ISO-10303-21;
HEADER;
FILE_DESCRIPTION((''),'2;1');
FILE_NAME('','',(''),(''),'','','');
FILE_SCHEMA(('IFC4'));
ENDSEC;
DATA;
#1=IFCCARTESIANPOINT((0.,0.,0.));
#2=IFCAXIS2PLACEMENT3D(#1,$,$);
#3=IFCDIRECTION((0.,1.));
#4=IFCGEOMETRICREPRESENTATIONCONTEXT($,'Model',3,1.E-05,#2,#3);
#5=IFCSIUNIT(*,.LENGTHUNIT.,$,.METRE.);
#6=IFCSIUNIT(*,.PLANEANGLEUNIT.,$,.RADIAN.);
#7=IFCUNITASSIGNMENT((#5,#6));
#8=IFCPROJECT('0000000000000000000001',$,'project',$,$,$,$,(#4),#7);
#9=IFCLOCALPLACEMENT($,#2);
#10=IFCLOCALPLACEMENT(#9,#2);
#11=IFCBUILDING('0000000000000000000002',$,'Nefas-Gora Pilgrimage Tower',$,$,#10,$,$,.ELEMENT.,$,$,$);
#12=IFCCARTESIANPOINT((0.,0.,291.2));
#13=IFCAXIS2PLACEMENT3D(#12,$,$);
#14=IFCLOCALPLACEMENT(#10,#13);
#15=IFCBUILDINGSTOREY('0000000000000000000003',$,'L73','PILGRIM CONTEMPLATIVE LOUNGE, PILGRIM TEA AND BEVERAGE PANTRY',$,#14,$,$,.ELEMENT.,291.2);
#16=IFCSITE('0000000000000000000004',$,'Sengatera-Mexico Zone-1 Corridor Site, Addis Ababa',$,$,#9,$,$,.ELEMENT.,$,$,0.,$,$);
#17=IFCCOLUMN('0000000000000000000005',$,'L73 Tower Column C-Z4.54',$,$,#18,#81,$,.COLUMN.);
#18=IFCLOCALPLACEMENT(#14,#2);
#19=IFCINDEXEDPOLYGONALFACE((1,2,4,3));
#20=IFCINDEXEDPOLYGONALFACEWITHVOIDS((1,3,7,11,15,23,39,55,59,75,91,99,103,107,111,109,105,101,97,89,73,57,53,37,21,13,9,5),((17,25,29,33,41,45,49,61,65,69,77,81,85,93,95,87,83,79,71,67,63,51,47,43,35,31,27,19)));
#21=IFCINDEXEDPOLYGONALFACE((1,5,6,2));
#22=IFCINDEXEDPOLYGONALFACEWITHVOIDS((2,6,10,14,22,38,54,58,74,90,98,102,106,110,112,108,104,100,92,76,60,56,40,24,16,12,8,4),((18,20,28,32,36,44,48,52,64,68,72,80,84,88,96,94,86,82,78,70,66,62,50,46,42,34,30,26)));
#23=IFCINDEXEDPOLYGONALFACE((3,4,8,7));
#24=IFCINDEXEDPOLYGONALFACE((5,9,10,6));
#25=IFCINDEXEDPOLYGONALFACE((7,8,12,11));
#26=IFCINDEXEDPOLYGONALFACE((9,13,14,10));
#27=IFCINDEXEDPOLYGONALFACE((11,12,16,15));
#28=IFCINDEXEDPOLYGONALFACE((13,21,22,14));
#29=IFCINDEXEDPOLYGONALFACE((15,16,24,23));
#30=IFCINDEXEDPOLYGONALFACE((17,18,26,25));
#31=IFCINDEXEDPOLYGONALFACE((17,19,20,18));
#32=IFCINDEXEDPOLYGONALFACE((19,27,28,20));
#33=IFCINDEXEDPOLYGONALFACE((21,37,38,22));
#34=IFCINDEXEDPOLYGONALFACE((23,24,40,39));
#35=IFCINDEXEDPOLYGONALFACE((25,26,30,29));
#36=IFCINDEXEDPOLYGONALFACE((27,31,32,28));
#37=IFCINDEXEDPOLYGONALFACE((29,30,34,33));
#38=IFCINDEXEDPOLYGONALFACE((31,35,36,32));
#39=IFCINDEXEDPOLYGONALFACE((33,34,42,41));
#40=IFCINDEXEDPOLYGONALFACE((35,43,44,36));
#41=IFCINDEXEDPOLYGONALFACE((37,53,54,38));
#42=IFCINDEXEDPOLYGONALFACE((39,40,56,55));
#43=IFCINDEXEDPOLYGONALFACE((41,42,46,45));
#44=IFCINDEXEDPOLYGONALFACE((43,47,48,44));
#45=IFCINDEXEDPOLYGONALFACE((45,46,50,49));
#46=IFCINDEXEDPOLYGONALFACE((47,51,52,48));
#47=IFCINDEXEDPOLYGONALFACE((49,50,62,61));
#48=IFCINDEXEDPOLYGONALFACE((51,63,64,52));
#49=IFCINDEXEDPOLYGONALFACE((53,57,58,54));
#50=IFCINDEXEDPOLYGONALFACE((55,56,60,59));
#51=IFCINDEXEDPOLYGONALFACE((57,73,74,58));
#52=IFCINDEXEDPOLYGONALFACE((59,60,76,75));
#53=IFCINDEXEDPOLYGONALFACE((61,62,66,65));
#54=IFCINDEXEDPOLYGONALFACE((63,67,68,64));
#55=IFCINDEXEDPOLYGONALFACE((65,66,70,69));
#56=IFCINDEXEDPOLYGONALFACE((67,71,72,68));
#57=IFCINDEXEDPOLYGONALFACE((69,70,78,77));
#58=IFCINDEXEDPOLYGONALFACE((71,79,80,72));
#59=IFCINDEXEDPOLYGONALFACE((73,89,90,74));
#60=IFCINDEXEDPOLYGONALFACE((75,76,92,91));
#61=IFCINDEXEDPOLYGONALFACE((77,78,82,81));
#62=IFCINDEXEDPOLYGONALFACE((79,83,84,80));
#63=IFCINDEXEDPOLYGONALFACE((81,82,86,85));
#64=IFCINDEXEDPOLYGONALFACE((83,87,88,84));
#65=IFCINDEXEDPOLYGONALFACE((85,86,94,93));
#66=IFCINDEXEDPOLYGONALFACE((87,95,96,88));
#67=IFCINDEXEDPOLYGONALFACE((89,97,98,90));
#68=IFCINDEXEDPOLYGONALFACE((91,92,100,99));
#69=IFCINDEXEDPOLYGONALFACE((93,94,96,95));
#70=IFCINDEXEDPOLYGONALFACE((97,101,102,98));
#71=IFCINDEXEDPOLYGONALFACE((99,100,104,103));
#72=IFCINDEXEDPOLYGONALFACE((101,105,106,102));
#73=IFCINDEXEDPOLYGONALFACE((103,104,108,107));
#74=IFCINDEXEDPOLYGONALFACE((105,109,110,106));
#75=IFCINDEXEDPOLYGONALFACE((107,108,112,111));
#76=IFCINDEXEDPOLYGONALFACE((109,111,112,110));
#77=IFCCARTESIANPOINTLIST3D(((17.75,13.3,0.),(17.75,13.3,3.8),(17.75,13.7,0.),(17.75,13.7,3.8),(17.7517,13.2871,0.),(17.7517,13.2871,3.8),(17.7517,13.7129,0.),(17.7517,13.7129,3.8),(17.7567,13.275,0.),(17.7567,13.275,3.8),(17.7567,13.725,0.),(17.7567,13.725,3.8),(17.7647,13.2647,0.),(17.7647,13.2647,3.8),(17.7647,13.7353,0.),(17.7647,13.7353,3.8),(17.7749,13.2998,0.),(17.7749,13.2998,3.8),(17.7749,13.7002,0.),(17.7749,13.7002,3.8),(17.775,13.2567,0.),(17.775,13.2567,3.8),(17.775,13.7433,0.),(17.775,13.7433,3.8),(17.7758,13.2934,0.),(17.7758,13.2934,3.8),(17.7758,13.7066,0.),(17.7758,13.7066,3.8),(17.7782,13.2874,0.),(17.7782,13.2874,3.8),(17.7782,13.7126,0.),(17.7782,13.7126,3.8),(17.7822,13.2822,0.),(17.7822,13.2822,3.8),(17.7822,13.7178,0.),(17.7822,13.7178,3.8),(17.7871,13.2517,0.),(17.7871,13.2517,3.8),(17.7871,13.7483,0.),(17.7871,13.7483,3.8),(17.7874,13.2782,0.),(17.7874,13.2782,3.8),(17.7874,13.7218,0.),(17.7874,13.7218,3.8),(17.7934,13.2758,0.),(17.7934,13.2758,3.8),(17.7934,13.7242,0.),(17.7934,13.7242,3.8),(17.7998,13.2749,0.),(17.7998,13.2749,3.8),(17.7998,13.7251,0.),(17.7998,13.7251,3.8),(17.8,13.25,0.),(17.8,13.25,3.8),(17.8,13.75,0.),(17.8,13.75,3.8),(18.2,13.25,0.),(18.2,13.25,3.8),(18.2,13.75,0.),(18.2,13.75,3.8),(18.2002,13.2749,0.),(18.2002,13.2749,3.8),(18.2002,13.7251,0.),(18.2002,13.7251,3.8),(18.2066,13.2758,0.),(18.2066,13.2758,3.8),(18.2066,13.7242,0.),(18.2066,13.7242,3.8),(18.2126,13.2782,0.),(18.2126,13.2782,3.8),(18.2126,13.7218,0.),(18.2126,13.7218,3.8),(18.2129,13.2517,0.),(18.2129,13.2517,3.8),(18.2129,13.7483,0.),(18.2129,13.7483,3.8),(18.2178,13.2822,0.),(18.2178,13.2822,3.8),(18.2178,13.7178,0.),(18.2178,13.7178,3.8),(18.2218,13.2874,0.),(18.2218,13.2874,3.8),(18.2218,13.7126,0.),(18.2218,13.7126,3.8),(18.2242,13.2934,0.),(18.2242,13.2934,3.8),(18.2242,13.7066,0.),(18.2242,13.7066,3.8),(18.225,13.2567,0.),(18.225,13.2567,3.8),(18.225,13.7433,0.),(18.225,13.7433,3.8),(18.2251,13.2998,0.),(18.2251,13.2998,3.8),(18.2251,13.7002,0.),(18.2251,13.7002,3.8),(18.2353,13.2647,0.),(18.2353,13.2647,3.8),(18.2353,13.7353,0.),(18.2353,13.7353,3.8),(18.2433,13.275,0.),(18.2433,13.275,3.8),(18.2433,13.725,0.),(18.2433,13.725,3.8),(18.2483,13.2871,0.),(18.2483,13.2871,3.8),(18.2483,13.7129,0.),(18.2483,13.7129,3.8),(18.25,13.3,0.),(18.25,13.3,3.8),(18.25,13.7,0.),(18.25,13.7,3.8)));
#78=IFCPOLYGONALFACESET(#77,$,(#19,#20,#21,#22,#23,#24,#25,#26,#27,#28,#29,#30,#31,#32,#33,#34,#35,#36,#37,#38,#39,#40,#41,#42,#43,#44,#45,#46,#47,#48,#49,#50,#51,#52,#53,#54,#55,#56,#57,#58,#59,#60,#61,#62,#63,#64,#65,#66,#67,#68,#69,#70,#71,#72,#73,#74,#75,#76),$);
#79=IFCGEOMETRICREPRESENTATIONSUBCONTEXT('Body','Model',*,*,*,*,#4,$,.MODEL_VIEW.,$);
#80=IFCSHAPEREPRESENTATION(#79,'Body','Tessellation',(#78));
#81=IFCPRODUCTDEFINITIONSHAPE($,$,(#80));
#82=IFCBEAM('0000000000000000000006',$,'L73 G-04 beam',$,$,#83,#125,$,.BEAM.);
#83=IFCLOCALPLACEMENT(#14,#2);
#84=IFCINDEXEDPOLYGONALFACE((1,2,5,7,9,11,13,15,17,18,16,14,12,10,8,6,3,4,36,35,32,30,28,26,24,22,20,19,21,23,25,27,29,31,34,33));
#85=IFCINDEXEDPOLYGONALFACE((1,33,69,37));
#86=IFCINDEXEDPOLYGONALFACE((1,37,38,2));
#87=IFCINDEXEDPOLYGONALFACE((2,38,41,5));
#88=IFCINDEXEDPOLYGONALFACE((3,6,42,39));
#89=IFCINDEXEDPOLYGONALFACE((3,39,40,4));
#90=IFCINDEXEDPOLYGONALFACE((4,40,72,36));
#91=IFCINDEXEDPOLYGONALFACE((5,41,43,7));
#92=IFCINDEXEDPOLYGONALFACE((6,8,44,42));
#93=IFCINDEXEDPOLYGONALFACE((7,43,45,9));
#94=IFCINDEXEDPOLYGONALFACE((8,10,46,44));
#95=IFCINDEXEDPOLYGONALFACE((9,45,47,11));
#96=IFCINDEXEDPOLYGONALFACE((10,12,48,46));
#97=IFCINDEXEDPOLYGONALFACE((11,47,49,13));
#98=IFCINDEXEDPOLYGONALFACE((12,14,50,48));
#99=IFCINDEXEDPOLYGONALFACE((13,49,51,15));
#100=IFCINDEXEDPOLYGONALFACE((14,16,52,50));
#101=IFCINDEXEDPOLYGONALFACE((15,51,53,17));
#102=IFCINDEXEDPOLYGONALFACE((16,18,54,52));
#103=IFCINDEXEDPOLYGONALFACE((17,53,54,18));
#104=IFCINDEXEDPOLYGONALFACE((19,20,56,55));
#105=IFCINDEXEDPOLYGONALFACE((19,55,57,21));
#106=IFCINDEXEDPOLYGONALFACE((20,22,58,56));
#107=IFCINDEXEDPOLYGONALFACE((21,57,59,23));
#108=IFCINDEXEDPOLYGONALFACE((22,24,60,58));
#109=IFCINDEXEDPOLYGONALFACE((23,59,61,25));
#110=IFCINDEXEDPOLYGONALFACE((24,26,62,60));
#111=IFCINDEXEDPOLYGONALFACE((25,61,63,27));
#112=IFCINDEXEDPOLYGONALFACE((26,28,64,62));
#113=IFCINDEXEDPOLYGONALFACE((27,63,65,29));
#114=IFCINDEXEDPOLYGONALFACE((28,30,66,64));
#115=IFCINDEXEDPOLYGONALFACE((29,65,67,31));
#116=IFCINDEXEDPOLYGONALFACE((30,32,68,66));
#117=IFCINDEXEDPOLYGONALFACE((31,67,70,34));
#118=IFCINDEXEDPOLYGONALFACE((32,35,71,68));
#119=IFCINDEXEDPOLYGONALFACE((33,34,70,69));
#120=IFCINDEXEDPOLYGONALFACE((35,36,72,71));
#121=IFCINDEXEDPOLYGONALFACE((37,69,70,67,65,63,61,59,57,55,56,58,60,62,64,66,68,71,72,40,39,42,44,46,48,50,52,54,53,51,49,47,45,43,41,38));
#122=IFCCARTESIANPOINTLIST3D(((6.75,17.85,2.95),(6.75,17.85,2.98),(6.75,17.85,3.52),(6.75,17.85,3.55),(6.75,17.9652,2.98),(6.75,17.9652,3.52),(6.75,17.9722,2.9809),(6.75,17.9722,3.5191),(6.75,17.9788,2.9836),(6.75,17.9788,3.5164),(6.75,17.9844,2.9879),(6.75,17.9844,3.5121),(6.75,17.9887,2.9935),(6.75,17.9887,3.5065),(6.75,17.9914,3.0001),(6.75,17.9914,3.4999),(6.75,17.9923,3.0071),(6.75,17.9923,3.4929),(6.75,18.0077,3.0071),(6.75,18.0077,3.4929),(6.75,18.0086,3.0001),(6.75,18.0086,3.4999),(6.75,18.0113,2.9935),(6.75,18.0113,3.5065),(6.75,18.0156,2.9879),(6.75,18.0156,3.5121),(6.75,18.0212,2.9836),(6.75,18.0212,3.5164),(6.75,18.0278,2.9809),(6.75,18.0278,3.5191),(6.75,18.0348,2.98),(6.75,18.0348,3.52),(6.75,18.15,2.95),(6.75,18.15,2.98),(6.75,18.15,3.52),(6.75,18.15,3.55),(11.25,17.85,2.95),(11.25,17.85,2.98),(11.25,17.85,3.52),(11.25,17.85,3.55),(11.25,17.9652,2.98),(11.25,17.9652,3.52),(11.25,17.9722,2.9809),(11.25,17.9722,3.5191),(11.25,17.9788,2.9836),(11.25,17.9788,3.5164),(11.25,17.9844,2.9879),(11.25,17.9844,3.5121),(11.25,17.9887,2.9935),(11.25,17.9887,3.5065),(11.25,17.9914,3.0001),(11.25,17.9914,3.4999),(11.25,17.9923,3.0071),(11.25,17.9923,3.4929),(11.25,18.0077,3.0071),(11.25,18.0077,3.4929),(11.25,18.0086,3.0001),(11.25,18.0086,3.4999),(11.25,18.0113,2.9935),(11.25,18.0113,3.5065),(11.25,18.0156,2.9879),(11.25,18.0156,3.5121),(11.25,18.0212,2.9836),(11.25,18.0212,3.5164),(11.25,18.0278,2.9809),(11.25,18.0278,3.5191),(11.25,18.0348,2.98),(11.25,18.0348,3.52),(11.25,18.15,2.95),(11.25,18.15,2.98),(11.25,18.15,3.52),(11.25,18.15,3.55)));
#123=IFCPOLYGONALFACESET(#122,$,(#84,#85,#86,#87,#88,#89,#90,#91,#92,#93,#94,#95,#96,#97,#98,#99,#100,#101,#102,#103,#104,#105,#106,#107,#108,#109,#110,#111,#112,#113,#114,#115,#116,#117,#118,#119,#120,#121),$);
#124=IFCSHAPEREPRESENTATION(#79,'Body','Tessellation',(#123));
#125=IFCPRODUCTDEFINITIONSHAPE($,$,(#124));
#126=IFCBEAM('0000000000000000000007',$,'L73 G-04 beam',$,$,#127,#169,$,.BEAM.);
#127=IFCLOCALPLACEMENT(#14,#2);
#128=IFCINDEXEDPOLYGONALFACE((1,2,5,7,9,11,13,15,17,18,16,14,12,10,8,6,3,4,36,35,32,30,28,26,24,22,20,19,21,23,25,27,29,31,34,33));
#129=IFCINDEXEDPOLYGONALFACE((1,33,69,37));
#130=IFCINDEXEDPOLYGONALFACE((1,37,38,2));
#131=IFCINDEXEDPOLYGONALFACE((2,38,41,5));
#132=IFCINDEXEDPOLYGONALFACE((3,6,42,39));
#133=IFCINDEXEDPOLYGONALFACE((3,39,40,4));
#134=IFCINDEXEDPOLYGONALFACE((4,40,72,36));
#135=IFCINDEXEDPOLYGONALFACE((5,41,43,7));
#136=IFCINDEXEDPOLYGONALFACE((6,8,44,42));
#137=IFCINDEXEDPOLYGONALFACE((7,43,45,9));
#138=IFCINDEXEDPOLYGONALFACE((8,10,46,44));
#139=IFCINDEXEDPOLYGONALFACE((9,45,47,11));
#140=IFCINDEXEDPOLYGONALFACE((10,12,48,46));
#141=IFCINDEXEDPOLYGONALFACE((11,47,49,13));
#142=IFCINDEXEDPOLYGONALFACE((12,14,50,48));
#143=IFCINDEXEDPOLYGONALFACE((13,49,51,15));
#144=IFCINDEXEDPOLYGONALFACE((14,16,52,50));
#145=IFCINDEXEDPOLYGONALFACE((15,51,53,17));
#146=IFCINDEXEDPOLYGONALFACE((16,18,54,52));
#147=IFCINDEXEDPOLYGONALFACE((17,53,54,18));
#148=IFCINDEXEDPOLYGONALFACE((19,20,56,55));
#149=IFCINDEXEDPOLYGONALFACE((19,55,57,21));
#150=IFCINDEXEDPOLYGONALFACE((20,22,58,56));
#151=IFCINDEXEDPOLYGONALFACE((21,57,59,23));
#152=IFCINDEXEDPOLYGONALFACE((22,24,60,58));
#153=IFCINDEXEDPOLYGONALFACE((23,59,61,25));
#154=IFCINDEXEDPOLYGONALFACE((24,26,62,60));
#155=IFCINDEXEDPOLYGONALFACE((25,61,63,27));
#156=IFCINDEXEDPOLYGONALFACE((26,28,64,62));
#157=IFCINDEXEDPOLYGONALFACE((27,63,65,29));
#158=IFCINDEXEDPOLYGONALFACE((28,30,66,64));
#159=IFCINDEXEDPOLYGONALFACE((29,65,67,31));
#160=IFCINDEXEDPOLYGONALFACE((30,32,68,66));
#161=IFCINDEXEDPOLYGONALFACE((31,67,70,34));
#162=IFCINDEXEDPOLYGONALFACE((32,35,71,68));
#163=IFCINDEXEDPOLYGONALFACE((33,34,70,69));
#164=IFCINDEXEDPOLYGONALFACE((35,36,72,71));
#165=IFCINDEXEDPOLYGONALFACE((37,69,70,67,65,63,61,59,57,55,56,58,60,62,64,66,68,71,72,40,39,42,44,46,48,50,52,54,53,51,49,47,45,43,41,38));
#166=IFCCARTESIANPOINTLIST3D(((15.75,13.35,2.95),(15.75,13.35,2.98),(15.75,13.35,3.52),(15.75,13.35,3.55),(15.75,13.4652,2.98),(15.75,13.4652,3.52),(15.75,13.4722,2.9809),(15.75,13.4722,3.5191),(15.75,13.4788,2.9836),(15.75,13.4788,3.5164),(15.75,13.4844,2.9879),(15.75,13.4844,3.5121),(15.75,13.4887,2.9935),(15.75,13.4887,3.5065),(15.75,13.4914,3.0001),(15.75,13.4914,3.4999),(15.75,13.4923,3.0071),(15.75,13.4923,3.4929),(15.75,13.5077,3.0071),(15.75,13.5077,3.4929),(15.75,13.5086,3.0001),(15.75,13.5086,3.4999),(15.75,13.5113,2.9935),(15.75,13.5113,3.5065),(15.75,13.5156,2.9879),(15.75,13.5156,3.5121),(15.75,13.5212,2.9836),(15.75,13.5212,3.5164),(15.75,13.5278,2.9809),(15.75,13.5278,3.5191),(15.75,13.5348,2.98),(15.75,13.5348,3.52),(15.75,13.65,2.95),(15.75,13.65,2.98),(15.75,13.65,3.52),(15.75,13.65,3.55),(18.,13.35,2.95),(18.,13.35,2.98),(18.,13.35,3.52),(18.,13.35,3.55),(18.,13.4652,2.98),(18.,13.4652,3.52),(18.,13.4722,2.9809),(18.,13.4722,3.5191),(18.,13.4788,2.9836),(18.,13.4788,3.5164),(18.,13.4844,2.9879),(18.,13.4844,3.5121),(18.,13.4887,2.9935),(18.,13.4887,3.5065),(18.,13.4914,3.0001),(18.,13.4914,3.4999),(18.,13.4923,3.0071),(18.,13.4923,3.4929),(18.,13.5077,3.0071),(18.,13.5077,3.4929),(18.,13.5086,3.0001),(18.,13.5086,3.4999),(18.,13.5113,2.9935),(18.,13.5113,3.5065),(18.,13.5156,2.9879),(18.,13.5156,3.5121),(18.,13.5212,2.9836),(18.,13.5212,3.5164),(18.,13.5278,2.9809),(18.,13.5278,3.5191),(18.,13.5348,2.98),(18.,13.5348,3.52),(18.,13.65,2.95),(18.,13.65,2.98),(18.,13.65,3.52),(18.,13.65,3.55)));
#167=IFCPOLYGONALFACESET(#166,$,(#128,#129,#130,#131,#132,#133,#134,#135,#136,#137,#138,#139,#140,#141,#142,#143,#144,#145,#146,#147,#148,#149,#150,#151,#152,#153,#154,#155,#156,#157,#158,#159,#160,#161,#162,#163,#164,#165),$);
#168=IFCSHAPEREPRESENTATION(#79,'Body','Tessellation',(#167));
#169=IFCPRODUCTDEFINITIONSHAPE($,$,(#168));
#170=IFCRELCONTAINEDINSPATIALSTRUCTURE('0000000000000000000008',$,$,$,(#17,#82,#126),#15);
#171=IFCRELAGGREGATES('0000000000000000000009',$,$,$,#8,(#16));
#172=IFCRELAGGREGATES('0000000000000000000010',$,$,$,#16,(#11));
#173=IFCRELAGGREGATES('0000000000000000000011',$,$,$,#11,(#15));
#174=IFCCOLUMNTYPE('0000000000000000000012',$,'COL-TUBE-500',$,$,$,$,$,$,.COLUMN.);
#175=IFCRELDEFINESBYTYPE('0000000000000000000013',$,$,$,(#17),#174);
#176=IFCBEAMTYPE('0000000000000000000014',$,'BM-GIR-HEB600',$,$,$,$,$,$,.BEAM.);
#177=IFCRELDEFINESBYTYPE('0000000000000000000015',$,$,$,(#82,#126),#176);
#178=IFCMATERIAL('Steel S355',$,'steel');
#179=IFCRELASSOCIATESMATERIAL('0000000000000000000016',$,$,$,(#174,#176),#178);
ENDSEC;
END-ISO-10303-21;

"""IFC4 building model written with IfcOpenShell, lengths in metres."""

from ifc_helpers import new_model, si_unit, direction, frame, origin, origin_2d, place, context, subcontext, project, spatial, hollow_rectangle, i_section, extrude, source, transform, mapped, material, material_profile, profile_set, type_object, element, save


model = new_model("IFC4")

# Units and contexts
model_context = context("Model", 3, precision=1e-05, world=origin(), true_north=direction((0.0, 1.0)))
body_context = subcontext(model_context, "Body", "Model", "MODEL_VIEW")
ifc_project = project(units=[si_unit("LENGTHUNIT", "METRE"), si_unit("PLANEANGLEUNIT", "RADIAN")], contexts=[model_context])

# Site, building, storey
site_placement = place(None, origin())
site = spatial("IfcSite", under=ifc_project, at=site_placement, Name="Sengatera-Mexico Zone-1 Corridor Site, Addis Ababa", CompositionType="ELEMENT", RefElevation=0.0)
building_placement = place(site_placement, origin())
building = spatial("IfcBuilding", under=site, at=building_placement, Name="Nefas-Gora Pilgrimage Tower", CompositionType="ELEMENT")
storey_placement = place(building_placement, frame((0.0, 0.0, 291.2)))
storey = spatial("IfcBuildingStorey", under=building, at=storey_placement, Name="L73", Description="PILGRIM CONTEMPLATIVE LOUNGE, PILGRIM TEA AND BEVERAGE PANTRY", CompositionType="ELEMENT", Elevation=291.2)

# Column
ifc_material_1 = material(Name="Steel S355", Category="steel")
ifc_material_profile_1 = material_profile(ifc_material_1, hollow_rectangle(XDim=0.5, YDim=0.5, WallThickness=0.0249, InnerFilletRadius=0.0249, OuterFilletRadius=0.05, at=origin_2d()), Name="SHS 500x500x25")
ifc_profile_set_1 = profile_set([ifc_material_profile_1], Name="Steel S355")
column_type_1 = type_object("IfcColumnType", Name="COL-TUBE-500", PredefinedType="COLUMN", material=ifc_profile_set_1)
shared_shape_1 = source(origin(), body_context, "Body", "SweptSolid", [
    extrude(hollow_rectangle(XDim=0.5, YDim=0.5, WallThickness=0.0249, InnerFilletRadius=0.0249, OuterFilletRadius=0.05, at=origin_2d()), origin(), (0.0, 0.0, 1.0), 3.8),
])
column_placement = place(storey_placement, frame((18.0, 13.5, 0.0), z_axis=(0.0, 0.0, 1.0), x_axis=(1.0, 0.0, 0.0)))
element("IfcColumn", 1, at=column_placement, inside=storey, type_object=column_type_1, Name="L73 Tower Column C-Z4.54", PredefinedType="COLUMN", context=body_context, shape_type="MappedRepresentation", body=[
    mapped(shared_shape_1, transform((0.0, 0.0, 0.0), x_axis=(1.0, 0.0, 0.0), y_axis=(0.0, 1.0, 0.0), z_axis=(0.0, 0.0, 1.0), scale=1.0)),
])

# Beams
ifc_material_profile_2 = material_profile(ifc_material_1, i_section(OverallWidth=0.3, OverallDepth=0.6001, WebThickness=0.0154, FlangeThickness=0.03, FilletRadius=0.0271, at=origin_2d()), Name="HEB 600")
ifc_profile_set_2 = profile_set([ifc_material_profile_2], Name="Steel S355")
beam_type = type_object("IfcBeamType", Name="BM-GIR-HEB600", PredefinedType="BEAM", material=ifc_profile_set_2)
shared_shape_2 = source(origin(), body_context, "Body", "SweptSolid", [
    extrude(i_section(OverallWidth=0.3, OverallDepth=0.6001, WebThickness=0.0154, FlangeThickness=0.03, FilletRadius=0.0271, at=origin_2d()), origin(), (0.0, 0.0, 1.0), 4.5),
])
beam_1_placement = place(storey_placement, frame((6.75, 18.0, 3.25), z_axis=(1.0, 0.0, 0.0), x_axis=(0.0, 1.0, 0.0)))
element("IfcBeam", 2, at=beam_1_placement, inside=storey, type_object=beam_type, Name="L73 G-04 beam", PredefinedType="BEAM", context=body_context, shape_type="MappedRepresentation", body=[
    mapped(shared_shape_2, transform((0.0, 0.0, 0.0), x_axis=(1.0, 0.0, 0.0), y_axis=(0.0, 1.0, 0.0), z_axis=(0.0, 0.0, 1.0), scale=1.0)),
])
shared_shape_3 = source(origin(), body_context, "Body", "SweptSolid", [
    extrude(i_section(OverallWidth=0.3, OverallDepth=0.6001, WebThickness=0.0154, FlangeThickness=0.03, FilletRadius=0.0271, at=origin_2d()), origin(), (0.0, 0.0, 1.0), 2.25),
])
beam_2_placement = place(storey_placement, frame((15.75, 13.5, 3.25), z_axis=(1.0, 0.0, 0.0), x_axis=(0.0, 1.0, 0.0)))
element("IfcBeam", 3, at=beam_2_placement, inside=storey, type_object=beam_type, Name="L73 G-04 beam", PredefinedType="BEAM", context=body_context, shape_type="MappedRepresentation", body=[
    mapped(shared_shape_3, transform((0.0, 0.0, 0.0), x_axis=(1.0, 0.0, 0.0), y_axis=(0.0, 1.0, 0.0), z_axis=(0.0, 0.0, 1.0), scale=1.0)),
])

save(model, "model.ifc")
